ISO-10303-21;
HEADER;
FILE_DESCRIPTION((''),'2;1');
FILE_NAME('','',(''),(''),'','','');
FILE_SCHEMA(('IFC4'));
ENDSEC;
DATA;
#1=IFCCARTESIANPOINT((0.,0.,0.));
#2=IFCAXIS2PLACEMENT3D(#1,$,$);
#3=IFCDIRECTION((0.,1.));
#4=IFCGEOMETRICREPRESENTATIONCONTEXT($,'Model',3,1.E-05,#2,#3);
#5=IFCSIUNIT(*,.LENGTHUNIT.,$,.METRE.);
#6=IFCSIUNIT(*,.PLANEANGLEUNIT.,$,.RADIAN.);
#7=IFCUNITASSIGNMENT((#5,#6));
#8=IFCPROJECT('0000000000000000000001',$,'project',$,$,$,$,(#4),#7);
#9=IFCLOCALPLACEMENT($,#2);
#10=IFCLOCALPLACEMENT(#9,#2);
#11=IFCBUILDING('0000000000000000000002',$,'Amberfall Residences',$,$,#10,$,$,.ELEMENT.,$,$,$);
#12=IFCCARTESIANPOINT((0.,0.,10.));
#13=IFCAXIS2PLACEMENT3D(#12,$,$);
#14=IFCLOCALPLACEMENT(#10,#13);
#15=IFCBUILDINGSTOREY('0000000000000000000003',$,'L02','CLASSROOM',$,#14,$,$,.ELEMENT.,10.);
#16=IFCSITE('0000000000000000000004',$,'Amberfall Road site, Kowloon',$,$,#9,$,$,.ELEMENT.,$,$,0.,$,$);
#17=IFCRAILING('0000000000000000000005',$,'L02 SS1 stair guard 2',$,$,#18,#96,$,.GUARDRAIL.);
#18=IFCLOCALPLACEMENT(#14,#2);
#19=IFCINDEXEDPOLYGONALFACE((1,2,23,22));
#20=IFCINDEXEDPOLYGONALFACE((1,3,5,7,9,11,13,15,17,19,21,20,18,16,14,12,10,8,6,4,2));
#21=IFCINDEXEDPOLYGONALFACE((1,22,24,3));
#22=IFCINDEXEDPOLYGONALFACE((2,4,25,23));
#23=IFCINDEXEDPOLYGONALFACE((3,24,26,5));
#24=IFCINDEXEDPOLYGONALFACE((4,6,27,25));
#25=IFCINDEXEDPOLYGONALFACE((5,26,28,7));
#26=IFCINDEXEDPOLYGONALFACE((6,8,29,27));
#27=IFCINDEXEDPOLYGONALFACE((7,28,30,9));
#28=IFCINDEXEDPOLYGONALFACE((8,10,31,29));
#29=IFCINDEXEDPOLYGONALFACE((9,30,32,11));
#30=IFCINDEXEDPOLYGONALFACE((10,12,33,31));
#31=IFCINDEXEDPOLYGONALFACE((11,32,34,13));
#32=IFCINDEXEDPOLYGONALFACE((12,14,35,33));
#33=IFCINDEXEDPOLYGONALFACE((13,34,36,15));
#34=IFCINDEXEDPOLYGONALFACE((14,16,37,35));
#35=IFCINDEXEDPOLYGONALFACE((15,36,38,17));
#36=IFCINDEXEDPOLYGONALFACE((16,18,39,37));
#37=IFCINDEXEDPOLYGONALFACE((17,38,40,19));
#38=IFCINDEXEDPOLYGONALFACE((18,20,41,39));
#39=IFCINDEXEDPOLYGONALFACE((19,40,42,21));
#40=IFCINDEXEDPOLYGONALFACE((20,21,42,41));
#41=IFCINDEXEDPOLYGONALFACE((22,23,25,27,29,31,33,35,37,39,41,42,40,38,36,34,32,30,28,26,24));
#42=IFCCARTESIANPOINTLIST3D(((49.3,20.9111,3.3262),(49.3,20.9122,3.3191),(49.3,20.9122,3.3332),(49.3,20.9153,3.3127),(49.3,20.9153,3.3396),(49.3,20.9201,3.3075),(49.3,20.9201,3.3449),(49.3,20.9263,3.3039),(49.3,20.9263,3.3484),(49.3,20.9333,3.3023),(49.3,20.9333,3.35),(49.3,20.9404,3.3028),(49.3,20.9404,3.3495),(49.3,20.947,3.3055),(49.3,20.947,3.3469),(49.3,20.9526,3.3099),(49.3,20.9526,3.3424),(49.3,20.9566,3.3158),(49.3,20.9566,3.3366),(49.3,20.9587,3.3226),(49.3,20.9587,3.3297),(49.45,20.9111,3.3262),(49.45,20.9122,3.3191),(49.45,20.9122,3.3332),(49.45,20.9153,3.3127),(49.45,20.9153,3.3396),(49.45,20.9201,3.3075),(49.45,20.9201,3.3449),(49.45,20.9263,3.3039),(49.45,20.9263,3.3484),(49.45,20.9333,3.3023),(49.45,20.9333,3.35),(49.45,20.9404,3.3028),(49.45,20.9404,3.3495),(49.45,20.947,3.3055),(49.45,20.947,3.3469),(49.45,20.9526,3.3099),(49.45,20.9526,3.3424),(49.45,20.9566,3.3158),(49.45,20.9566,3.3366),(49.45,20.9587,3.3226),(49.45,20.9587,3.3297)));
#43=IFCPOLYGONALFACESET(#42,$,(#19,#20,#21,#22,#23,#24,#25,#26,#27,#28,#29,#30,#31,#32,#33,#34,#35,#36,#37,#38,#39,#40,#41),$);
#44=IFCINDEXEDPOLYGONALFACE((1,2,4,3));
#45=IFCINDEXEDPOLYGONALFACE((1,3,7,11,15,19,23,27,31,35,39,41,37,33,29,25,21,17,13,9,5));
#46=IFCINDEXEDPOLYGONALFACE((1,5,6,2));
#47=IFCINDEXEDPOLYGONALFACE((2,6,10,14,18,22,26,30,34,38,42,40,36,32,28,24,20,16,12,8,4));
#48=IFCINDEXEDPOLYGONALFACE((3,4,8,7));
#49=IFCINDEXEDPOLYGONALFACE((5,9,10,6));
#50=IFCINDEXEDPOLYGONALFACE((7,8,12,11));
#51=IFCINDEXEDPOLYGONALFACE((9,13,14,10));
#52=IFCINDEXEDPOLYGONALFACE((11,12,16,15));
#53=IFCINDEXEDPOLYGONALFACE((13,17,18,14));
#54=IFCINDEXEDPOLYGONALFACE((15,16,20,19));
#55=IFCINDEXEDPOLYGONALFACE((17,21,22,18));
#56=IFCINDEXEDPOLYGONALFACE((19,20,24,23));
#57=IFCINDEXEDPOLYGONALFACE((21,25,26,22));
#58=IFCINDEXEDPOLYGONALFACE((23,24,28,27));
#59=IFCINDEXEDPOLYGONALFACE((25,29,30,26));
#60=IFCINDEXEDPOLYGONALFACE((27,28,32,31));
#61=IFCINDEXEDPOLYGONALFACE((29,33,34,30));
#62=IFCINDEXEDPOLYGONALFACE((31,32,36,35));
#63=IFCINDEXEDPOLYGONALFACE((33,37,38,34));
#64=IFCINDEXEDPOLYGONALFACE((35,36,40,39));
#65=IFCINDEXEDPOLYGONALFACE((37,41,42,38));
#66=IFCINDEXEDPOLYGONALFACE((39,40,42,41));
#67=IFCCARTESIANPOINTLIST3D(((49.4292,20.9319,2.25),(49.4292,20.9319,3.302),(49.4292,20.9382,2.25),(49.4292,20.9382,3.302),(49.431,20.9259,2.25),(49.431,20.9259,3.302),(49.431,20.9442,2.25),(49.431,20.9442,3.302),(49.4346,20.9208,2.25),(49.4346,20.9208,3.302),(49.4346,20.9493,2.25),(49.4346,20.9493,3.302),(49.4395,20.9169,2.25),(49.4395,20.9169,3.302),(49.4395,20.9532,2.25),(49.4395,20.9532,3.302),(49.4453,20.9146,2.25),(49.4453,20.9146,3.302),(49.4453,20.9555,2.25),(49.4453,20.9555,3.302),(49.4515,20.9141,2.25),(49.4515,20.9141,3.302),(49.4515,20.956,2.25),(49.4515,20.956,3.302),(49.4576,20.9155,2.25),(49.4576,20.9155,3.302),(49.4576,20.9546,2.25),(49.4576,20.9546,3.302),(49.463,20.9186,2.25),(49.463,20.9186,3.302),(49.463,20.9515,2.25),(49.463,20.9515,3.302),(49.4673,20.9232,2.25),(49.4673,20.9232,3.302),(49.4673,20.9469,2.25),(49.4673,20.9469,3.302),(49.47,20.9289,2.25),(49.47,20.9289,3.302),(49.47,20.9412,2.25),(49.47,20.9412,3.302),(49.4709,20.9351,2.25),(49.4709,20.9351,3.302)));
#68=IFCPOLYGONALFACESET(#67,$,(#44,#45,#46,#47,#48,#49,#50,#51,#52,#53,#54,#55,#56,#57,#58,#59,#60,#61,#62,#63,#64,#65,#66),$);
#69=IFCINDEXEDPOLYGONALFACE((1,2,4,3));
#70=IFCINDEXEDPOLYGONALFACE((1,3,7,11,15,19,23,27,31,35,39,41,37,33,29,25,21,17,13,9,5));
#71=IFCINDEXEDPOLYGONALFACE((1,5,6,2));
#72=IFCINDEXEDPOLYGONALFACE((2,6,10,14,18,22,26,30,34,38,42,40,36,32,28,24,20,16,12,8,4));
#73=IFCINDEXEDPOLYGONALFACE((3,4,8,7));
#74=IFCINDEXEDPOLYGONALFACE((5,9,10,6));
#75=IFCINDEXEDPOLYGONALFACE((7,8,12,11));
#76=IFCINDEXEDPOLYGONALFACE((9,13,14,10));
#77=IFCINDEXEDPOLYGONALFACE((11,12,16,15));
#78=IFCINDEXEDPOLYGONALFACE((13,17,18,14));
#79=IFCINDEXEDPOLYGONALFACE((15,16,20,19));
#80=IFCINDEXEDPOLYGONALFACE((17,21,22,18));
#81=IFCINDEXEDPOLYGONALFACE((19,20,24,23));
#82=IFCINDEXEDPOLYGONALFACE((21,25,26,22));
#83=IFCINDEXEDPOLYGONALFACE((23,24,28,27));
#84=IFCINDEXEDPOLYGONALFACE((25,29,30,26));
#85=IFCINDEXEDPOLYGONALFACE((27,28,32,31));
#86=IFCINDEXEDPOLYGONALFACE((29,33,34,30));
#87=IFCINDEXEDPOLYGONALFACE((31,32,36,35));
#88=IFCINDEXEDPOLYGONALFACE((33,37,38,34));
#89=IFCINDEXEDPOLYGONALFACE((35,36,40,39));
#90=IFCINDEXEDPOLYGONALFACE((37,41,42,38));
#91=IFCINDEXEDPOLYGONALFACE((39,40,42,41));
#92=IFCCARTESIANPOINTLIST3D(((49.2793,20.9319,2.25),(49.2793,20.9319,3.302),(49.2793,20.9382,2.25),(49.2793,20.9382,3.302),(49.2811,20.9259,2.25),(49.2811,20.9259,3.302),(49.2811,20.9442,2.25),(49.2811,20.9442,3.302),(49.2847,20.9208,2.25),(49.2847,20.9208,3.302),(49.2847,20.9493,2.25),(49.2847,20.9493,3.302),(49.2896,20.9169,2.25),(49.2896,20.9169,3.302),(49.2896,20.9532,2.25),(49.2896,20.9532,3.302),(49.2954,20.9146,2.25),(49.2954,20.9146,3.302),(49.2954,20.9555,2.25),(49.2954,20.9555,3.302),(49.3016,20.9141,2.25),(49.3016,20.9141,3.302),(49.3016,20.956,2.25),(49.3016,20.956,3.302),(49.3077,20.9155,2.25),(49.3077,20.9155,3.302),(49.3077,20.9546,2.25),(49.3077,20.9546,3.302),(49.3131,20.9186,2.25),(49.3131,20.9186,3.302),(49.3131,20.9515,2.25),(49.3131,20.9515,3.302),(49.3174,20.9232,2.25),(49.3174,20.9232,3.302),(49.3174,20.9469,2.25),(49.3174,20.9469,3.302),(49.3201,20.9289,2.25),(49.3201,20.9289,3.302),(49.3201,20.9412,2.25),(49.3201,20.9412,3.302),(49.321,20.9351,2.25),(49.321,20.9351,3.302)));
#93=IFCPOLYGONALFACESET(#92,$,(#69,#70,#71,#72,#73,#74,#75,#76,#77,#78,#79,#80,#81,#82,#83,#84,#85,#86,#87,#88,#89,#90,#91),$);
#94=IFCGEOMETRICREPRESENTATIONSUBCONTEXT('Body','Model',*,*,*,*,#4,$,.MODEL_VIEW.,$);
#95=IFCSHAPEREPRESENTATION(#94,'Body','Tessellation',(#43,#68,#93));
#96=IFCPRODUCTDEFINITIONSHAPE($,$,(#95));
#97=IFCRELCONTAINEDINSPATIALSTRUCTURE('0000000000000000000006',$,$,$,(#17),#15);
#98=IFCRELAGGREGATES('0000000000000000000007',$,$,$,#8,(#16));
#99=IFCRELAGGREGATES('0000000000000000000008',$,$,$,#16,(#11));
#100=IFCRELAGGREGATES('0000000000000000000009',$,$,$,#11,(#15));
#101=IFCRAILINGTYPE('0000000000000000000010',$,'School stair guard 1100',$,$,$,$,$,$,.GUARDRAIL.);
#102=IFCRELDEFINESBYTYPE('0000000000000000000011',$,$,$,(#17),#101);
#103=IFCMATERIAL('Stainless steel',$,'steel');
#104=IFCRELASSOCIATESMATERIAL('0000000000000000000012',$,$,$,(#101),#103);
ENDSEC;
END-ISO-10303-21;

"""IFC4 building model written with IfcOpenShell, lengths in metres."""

from ifc_helpers import new_model, si_unit, direction, frame, origin, origin_2d, place, context, subcontext, project, spatial, circle, extrude, material, type_object, element, save


model = new_model("IFC4")

# Units and contexts
model_context = context("Model", 3, precision=1e-05, world=origin(), true_north=direction((0.0, 1.0)))
body_context = subcontext(model_context, "Body", "Model", "MODEL_VIEW")
ifc_project = project(units=[si_unit("LENGTHUNIT", "METRE"), si_unit("PLANEANGLEUNIT", "RADIAN")], contexts=[model_context])

# Site, building, storey
site_placement = place(None, origin())
site = spatial("IfcSite", under=ifc_project, at=site_placement, Name="Amberfall Road site, Kowloon", CompositionType="ELEMENT", RefElevation=0.0)
building_placement = place(site_placement, origin())
building = spatial("IfcBuilding", under=site, at=building_placement, Name="Amberfall Residences", CompositionType="ELEMENT")
storey_placement = place(building_placement, frame((0.0, 0.0, 10.0)))
storey = spatial("IfcBuildingStorey", under=building, at=storey_placement, Name="L02", Description="CLASSROOM", CompositionType="ELEMENT", Elevation=10.0)

# Railing
ifc_material_1 = material(Name="Stainless steel", Category="steel")
railing_type_1 = type_object("IfcRailingType", Name="School stair guard 1100", PredefinedType="GUARDRAIL", material=ifc_material_1)
railing_1_placement = place(storey_placement, frame((49.45, 20.9351, 2.25)))
element("IfcRailing", 1, at=railing_1_placement, inside=storey, type_object=railing_type_1, Name="L02 SS1 stair guard 2", PredefinedType="GUARDRAIL", context=body_context, shape_type="SweptSolid", body=[
    extrude(circle(Radius=0.0239, at=origin_2d()), frame((0.0, 0.0, 1.0762), z_axis=(-1.0, 0.0, 0.0), x_axis=(0.0, -1.0, 0.0)), (0.0, 0.0, 1.0), 0.1499),
    extrude(circle(Radius=0.021, at=origin_2d()), origin(), (0.0, 0.0, 1.0), 1.052),
    extrude(circle(Radius=0.021, at=origin_2d()), frame((-0.1499, 0.0, 0.0)), (0.0, 0.0, 1.0), 1.052),
])

save(model, "model.ifc")
